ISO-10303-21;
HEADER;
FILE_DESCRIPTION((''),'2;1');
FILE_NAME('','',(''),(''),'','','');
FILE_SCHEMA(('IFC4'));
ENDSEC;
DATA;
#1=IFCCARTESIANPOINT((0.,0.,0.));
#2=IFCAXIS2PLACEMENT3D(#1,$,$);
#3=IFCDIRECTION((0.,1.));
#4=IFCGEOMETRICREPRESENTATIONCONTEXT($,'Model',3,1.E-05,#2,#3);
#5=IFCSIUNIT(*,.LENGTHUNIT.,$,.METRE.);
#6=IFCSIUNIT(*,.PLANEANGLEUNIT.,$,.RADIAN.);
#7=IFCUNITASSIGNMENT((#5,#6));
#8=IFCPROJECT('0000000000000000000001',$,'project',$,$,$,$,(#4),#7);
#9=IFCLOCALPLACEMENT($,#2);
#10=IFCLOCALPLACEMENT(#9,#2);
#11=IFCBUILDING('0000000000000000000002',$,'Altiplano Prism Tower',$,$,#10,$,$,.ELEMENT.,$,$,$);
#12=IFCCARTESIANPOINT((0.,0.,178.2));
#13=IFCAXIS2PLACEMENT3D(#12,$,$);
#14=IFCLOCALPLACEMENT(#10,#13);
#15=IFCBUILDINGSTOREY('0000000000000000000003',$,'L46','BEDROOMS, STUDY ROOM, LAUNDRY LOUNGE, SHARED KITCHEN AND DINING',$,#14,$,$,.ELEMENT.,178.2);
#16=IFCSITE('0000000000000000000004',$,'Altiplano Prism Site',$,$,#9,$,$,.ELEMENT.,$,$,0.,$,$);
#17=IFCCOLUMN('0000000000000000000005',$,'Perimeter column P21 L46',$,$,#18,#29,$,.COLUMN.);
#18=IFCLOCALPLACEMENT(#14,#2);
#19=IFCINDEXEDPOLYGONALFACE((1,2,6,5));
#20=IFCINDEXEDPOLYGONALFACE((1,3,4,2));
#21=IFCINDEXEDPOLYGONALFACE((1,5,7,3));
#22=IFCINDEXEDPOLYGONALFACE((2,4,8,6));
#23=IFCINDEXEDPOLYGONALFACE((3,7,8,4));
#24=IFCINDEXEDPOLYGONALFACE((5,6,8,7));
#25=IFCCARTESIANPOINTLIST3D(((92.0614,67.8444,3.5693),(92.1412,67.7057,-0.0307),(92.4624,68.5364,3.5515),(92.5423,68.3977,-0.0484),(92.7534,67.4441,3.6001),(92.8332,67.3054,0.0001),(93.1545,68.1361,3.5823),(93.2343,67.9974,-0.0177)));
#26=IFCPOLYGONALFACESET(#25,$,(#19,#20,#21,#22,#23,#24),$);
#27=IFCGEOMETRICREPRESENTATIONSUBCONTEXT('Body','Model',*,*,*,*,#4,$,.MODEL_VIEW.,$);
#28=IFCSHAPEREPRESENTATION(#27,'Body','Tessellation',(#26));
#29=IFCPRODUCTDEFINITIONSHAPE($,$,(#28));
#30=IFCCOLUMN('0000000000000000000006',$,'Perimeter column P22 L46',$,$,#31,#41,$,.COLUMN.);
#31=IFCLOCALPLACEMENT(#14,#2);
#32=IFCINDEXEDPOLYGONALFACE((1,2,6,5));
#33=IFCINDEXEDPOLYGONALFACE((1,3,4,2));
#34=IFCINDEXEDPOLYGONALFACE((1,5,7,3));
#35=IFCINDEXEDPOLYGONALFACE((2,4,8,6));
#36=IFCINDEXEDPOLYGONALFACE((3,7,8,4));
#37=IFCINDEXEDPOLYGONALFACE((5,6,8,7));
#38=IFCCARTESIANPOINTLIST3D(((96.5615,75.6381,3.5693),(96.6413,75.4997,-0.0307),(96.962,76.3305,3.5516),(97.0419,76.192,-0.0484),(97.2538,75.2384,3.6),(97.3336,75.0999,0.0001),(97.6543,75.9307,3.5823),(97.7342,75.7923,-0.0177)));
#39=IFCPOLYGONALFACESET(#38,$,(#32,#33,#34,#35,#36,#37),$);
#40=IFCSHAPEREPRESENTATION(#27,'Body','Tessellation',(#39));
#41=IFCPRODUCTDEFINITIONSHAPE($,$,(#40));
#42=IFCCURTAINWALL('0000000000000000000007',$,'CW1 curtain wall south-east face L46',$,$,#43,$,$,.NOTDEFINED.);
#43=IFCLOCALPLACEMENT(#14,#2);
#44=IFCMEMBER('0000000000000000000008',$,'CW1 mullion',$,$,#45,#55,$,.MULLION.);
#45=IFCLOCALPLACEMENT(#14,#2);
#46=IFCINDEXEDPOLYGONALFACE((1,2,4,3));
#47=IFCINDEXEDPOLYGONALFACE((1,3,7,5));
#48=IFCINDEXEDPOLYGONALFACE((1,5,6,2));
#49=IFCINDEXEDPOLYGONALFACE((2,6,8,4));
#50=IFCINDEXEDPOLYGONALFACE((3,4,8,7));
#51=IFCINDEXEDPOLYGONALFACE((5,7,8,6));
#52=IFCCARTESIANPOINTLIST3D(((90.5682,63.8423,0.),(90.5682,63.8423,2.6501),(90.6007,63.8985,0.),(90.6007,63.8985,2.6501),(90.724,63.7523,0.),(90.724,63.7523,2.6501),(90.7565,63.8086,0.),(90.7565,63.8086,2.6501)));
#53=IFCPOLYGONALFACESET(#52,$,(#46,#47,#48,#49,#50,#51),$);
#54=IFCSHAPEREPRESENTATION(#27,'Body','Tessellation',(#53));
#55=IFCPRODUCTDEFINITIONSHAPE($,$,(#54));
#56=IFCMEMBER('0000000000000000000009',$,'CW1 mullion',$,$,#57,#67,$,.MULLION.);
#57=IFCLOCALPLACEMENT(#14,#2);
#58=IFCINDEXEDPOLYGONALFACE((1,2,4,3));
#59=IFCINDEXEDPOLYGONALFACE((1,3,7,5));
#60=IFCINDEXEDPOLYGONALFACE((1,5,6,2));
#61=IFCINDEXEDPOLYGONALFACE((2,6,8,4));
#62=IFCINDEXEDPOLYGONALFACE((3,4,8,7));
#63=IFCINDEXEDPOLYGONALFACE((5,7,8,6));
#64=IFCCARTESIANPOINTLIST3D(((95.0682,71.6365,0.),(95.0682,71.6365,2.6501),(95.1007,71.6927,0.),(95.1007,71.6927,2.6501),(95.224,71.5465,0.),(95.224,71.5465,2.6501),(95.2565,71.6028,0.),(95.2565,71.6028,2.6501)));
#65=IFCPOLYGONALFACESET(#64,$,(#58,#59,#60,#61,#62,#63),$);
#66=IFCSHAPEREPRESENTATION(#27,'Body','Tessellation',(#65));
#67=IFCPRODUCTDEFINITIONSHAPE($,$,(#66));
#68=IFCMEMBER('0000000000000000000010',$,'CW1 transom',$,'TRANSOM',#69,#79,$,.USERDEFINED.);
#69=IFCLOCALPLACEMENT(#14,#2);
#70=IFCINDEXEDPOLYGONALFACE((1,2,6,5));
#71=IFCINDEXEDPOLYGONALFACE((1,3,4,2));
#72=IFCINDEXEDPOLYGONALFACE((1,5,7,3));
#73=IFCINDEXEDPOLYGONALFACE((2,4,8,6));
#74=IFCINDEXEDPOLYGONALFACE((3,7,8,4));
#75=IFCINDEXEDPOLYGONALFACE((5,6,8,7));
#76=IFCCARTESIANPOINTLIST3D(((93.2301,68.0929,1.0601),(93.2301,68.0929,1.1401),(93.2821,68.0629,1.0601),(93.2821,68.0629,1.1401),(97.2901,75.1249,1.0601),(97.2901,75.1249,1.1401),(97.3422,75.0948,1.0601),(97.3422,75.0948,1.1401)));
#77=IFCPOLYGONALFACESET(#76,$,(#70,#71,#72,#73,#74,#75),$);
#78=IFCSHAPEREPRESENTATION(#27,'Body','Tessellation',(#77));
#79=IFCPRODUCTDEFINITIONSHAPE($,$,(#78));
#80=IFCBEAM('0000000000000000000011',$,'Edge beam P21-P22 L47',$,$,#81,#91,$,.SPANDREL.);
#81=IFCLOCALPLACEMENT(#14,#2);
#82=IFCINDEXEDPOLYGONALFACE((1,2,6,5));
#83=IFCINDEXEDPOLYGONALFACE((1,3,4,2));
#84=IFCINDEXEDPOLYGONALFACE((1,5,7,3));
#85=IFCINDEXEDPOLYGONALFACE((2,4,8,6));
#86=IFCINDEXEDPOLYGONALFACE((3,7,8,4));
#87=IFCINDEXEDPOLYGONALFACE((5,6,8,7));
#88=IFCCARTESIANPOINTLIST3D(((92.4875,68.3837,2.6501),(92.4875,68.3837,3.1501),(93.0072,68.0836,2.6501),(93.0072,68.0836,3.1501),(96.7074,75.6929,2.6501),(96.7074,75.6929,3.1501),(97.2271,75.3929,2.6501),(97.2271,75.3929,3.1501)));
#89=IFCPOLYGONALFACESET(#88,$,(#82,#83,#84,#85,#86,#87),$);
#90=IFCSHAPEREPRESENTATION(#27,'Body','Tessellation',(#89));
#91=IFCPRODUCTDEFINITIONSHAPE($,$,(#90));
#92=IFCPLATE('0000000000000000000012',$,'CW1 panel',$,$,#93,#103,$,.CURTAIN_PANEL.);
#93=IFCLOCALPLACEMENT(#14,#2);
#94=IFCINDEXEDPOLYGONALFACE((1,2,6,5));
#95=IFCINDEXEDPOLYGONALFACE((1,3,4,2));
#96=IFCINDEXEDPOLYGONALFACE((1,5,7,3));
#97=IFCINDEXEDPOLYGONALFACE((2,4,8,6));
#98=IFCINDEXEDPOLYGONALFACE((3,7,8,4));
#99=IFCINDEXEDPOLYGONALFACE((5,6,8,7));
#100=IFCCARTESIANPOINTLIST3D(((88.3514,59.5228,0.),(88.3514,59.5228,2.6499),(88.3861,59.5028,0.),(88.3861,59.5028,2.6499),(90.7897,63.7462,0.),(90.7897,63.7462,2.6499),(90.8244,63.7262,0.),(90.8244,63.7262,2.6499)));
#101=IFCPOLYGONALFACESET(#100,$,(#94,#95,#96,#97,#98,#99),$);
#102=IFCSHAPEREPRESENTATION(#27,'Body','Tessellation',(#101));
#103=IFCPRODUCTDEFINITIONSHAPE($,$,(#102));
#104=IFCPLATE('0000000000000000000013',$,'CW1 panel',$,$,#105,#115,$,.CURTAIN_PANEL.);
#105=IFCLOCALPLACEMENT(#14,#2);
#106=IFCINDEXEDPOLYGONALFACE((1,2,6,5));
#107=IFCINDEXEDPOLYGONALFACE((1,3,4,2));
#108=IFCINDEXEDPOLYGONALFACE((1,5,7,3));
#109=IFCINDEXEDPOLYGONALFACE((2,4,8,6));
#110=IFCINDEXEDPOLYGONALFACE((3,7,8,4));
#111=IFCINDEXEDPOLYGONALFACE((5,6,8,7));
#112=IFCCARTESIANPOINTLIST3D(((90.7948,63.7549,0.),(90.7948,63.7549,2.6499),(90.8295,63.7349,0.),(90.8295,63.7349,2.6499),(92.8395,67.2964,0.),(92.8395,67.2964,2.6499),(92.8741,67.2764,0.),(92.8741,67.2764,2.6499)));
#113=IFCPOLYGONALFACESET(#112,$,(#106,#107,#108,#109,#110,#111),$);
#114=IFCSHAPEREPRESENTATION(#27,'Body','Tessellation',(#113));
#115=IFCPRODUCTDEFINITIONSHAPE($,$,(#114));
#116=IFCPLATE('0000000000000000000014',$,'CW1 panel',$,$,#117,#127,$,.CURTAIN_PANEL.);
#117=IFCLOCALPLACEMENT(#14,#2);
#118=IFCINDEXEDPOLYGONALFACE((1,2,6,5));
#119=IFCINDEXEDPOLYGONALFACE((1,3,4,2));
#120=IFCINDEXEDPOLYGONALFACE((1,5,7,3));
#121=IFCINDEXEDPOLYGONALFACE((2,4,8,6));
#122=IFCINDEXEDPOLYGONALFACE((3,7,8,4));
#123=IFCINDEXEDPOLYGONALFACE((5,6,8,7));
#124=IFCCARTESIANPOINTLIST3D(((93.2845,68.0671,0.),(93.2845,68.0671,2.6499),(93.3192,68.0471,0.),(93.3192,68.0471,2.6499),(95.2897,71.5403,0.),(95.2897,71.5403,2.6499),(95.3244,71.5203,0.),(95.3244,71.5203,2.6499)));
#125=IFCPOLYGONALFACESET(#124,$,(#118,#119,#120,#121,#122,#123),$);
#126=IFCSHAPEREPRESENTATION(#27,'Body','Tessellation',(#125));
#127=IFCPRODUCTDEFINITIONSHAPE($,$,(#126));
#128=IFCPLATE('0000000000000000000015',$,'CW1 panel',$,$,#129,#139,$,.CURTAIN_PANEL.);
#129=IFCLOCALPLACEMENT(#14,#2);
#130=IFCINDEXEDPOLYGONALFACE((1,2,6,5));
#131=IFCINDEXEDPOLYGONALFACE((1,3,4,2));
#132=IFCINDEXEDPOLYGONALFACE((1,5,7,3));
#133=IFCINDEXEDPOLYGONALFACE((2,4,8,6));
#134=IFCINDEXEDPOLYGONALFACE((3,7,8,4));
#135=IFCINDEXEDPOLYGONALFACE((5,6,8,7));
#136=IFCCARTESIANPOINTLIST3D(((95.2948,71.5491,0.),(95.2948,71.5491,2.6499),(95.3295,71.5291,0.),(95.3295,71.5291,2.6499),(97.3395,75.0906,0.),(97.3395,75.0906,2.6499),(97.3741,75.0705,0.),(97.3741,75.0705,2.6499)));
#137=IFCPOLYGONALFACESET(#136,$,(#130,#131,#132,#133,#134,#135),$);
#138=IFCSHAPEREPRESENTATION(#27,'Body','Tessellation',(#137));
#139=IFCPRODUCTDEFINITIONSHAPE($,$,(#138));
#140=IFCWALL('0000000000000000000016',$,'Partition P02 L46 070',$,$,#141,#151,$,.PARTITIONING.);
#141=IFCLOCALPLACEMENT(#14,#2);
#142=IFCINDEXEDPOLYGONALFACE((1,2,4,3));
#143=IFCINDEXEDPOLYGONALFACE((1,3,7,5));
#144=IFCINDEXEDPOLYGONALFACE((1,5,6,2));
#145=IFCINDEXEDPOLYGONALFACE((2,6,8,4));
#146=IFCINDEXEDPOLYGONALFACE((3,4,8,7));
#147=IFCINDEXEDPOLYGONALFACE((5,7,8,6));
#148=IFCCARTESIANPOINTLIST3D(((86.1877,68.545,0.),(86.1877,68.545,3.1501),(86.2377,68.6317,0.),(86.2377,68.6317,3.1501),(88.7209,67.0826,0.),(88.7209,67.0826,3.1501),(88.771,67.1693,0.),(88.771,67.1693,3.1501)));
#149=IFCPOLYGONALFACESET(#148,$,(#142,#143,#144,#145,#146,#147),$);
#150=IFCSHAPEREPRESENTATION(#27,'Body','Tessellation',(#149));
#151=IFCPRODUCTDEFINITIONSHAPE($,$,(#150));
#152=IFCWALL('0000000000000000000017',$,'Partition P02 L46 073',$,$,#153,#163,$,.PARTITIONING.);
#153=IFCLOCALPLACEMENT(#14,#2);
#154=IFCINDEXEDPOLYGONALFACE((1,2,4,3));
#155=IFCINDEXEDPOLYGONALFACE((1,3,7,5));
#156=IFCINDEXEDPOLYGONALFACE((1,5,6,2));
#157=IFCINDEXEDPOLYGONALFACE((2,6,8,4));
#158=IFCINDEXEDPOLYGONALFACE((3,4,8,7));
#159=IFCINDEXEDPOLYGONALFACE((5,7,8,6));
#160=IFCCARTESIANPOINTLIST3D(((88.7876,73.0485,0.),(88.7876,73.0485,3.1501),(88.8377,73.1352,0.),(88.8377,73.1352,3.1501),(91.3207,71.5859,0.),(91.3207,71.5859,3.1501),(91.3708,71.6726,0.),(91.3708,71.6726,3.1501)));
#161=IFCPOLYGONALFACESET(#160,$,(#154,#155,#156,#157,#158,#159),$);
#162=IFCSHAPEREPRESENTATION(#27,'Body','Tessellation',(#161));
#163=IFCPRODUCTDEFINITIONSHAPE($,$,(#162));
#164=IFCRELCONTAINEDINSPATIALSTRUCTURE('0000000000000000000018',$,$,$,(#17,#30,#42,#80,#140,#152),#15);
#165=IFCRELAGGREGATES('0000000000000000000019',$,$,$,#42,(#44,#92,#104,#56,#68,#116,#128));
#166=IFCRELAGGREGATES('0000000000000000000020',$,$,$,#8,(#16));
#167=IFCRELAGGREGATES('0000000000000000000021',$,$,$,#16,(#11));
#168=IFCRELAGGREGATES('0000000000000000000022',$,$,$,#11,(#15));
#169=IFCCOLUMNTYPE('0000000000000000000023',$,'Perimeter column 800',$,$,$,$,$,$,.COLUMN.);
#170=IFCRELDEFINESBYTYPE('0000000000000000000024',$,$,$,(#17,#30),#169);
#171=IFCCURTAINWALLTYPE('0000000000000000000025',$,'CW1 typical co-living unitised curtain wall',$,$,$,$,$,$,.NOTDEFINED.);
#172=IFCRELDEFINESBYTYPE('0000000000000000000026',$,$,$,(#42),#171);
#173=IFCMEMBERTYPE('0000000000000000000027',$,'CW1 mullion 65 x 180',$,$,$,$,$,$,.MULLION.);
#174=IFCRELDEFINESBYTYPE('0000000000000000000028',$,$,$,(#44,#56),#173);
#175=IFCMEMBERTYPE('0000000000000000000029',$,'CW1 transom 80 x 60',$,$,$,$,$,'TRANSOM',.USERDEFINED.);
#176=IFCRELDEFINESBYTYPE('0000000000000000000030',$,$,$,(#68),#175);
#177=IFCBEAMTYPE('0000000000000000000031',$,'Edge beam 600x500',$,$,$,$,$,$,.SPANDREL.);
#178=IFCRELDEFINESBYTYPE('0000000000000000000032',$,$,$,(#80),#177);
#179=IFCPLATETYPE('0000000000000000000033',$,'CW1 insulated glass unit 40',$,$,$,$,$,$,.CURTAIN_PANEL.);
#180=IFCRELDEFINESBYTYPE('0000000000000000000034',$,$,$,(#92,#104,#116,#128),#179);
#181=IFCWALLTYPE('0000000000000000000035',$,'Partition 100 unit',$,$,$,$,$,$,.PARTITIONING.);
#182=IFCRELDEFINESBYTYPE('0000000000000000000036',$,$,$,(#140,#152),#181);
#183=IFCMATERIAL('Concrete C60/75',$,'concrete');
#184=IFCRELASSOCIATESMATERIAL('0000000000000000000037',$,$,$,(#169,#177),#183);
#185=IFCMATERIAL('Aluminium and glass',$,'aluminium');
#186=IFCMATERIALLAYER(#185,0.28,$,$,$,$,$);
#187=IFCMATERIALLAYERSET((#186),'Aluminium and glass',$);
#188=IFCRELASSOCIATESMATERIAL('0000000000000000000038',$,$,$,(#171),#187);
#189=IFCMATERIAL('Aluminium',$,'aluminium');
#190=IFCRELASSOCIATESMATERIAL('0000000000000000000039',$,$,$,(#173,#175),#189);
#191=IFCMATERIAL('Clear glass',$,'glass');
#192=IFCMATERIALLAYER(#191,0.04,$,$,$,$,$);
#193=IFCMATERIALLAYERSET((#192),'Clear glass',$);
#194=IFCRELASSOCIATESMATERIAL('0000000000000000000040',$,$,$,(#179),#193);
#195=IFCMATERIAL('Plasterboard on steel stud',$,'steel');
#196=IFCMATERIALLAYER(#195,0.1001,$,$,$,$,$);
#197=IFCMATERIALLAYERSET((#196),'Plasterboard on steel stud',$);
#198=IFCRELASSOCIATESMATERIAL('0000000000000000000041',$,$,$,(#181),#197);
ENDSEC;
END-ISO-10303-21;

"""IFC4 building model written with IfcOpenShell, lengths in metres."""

from ifc_helpers import new_model, si_unit, direction, frame, frame_2d, origin, origin_2d, place, context, subcontext, project, spatial, rectangle, extrude, material, layer, layer_set, material_profile, profile_set, type_object, element, aggregate, save


model = new_model("IFC4")

# Units and contexts
model_context = context("Model", 3, precision=1e-05, world=origin(), true_north=direction((0.0, 1.0)))
body_context = subcontext(model_context, "Body", "Model", "MODEL_VIEW")
ifc_project = project(units=[si_unit("LENGTHUNIT", "METRE"), si_unit("PLANEANGLEUNIT", "RADIAN")], contexts=[model_context])

# Site, building, storey
site_placement = place(None, origin())
site = spatial("IfcSite", under=ifc_project, at=site_placement, Name="Altiplano Prism Site", CompositionType="ELEMENT", RefElevation=0.0)
building_placement = place(site_placement, origin())
building = spatial("IfcBuilding", under=site, at=building_placement, Name="Altiplano Prism Tower", CompositionType="ELEMENT")
storey_placement = place(building_placement, frame((0.0, 0.0, 178.2)))
storey = spatial("IfcBuildingStorey", under=building, at=storey_placement, Name="L46", Description="BEDROOMS, STUDY ROOM, LAUNDRY LOUNGE, SHARED KITCHEN AND DINING", CompositionType="ELEMENT", Elevation=178.2)

# Columns
ifc_material_1 = material(Name="Concrete C60/75", Category="concrete")
ifc_material_profile_1 = material_profile(ifc_material_1, rectangle(XDim=0.8, YDim=0.8, at=origin_2d()), Name="Perimeter column 800")
ifc_profile_set_1 = profile_set([ifc_material_profile_1], Name="Concrete C60/75")
column_type = type_object("IfcColumnType", Name="Perimeter column 800", PredefinedType="COLUMN", material=ifc_profile_set_1)
for number, where, z_axis, x_axis, name in (
    (1, (92.6877, 67.8516, -0.0242), (-0.022155, 0.038484, 0.999014), (-0.501315, -0.86498, 0.022203), "Perimeter column P21 L46"),
    (2, (97.1877, 75.646, -0.0242), (-0.022155, 0.038416, 0.999016), (-0.500655, -0.865363, 0.022173), "Perimeter column P22 L46"),
):
    element("IfcColumn", number, at=place(storey_placement, frame(where, z_axis=z_axis, x_axis=x_axis)), inside=storey, type_object=column_type, Name=name, PredefinedType="COLUMN", context=body_context, shape_type="SweptSolid", body=[
        extrude(rectangle(XDim=0.8, YDim=0.8, at=origin_2d()), origin(), (0.0, 0.0, 1.0), 3.6035),
    ])

# Curtain wall, members
ifc_material_2 = material(Name="Aluminium and glass", Category="aluminium")
ifc_layer_1 = layer(ifc_material_2, 0.28)
ifc_layer_set_1 = layer_set([ifc_layer_1], Name="Aluminium and glass")
curtain_wall_type = type_object("IfcCurtainWallType", Name="CW1 typical co-living unitised curtain wall", PredefinedType="NOTDEFINED", material=ifc_layer_set_1)
curtain_wall_placement = place(storey_placement, origin())
curtain_wall = element("IfcCurtainWall", 3, at=curtain_wall_placement, inside=storey, type_object=curtain_wall_type, Name="CW1 curtain wall south-east face L46", PredefinedType="NOTDEFINED")
ifc_material_3 = material(Name="Aluminium", Category="aluminium")
ifc_material_profile_2 = material_profile(ifc_material_3, rectangle(XDim=0.1799, YDim=0.0649, at=origin_2d()), Name="CW1 mullion 65 x 180")
ifc_profile_set_2 = profile_set([ifc_material_profile_2], Name="Aluminium")
member_type_1 = type_object("IfcMemberType", Name="CW1 mullion 65 x 180", PredefinedType="MULLION", material=ifc_profile_set_2)
member_1_placement = place(storey_placement, frame((90.6624, 63.8254, 0.0), z_axis=(0.0, 0.0, 1.0), x_axis=(-0.866025, 0.5, 0.0)))
member_1 = element("IfcMember", 4, at=member_1_placement, type_object=member_type_1, Name="CW1 mullion", PredefinedType="MULLION", context=body_context, shape_type="SweptSolid", body=[
    extrude(rectangle(XDim=0.1799, YDim=0.0649, at=origin_2d()), origin(), (0.0, 0.0, 1.0), 2.6501),
])
member_2_placement = place(storey_placement, frame((95.1624, 71.6196, 0.0), z_axis=(0.0, 0.0, 1.0), x_axis=(-0.866025, 0.5, 0.0)))
member_2 = element("IfcMember", 5, at=member_2_placement, type_object=member_type_1, Name="CW1 mullion", PredefinedType="MULLION", context=body_context, shape_type="SweptSolid", body=[
    extrude(rectangle(XDim=0.1799, YDim=0.0649, at=origin_2d()), origin(), (0.0, 0.0, 1.0), 2.6501),
])
ifc_material_profile_3 = material_profile(ifc_material_3, rectangle(XDim=0.0601, YDim=0.0801, at=origin_2d()), Name="CW1 transom 80 x 60")
ifc_profile_set_3 = profile_set([ifc_material_profile_3], Name="Aluminium")
member_type_2 = type_object("IfcMemberType", Name="CW1 transom 80 x 60", ElementType="TRANSOM", PredefinedType="USERDEFINED", material=ifc_profile_set_3)
member_3_placement = place(storey_placement, frame((93.2561, 68.0779, 1.1001), z_axis=(0.500013, 0.866018, 0.0), x_axis=(-0.866018, 0.500013, 0.0)))
member_3 = element("IfcMember", 6, at=member_3_placement, type_object=member_type_2, Name="CW1 transom", ObjectType="TRANSOM", PredefinedType="USERDEFINED", context=body_context, shape_type="SweptSolid", body=[
    extrude(rectangle(XDim=0.0601, YDim=0.0801, at=origin_2d()), origin(), (0.0, 0.0, 1.0), 8.1199),
])

# Beam
ifc_material_profile_4 = material_profile(ifc_material_1, rectangle(XDim=0.6001, YDim=0.5, at=origin_2d()), Name="Edge beam 600x500")
ifc_profile_set_4 = profile_set([ifc_material_profile_4], Name="Concrete C60/75")
beam_type = type_object("IfcBeamType", Name="Edge beam 600x500", PredefinedType="SPANDREL", material=ifc_profile_set_4)
beam_placement = place(storey_placement, frame((92.7473, 68.2336, 2.9001), z_axis=(0.499994, 0.866029, 0.0), x_axis=(-0.866029, 0.499994, 0.0)))
element("IfcBeam", 7, at=beam_placement, inside=storey, type_object=beam_type, Name="Edge beam P21-P22 L47", PredefinedType="SPANDREL", context=body_context, shape_type="SweptSolid", body=[
    extrude(rectangle(XDim=0.6001, YDim=0.5, at=origin_2d()), origin(), (0.0, 0.0, 1.0), 8.4399),
])

# Plates
ifc_material_4 = material(Name="Clear glass", Category="glass")
ifc_layer_2 = layer(ifc_material_4, 0.04)
ifc_layer_set_2 = layer_set([ifc_layer_2], Name="Clear glass")
plate_type = type_object("IfcPlateType", Name="CW1 insulated glass unit 40", PredefinedType="CURTAIN_PANEL", material=ifc_layer_set_2)
plate_1_placement = place(storey_placement, frame((89.5879, 61.6245, 0.0), z_axis=(0.0, 0.0, 1.0), x_axis=(0.5, 0.866025, 0.0)))
plate_1 = element("IfcPlate", 8, at=plate_1_placement, type_object=plate_type, Name="CW1 panel", PredefinedType="CURTAIN_PANEL", context=body_context, shape_type="SweptSolid", body=[
    extrude(rectangle(XDim=4.8767, YDim=0.04, at=origin_2d()), origin(), (0.0, 0.0, 1.0), 2.6499),
])
plate_2_placement = place(storey_placement, frame((91.8345, 65.5156, 0.0), z_axis=(0.0, 0.0, 1.0), x_axis=(0.5, 0.866025, 0.0)))
plate_2 = element("IfcPlate", 9, at=plate_2_placement, type_object=plate_type, Name="CW1 panel", PredefinedType="CURTAIN_PANEL", context=body_context, shape_type="SweptSolid", body=[
    extrude(rectangle(XDim=4.0894, YDim=0.04, at=origin_2d()), origin(), (0.0, 0.0, 1.0), 2.6499),
])
plate_3_placement = place(storey_placement, frame((94.3044, 69.7937, 0.0), z_axis=(0.0, 0.0, 1.0), x_axis=(0.5, 0.866025, 0.0)))
plate_3 = element("IfcPlate", 10, at=plate_3_placement, type_object=plate_type, Name="CW1 panel", PredefinedType="CURTAIN_PANEL", context=body_context, shape_type="SweptSolid", body=[
    extrude(rectangle(XDim=4.0105, YDim=0.04, at=origin_2d()), origin(), (0.0, 0.0, 1.0), 2.6499),
])
plate_4_placement = place(storey_placement, frame((96.3345, 73.3098, 0.0), z_axis=(0.0, 0.0, 1.0), x_axis=(0.5, 0.866025, 0.0)))
plate_4 = element("IfcPlate", 11, at=plate_4_placement, type_object=plate_type, Name="CW1 panel", PredefinedType="CURTAIN_PANEL", context=body_context, shape_type="SweptSolid", body=[
    extrude(rectangle(XDim=4.0894, YDim=0.04, at=origin_2d()), origin(), (0.0, 0.0, 1.0), 2.6499),
])
aggregate(curtain_wall, [member_1, plate_1, plate_2, member_2, member_3, plate_3, plate_4])

# Walls
ifc_material_5 = material(Name="Plasterboard on steel stud", Category="steel")
ifc_layer_3 = layer(ifc_material_5, 0.1001)
ifc_layer_set_3 = layer_set([ifc_layer_3], Name="Plasterboard on steel stud")
wall_type_1 = type_object("IfcWallType", Name="Partition 100 unit", PredefinedType="PARTITIONING", material=ifc_layer_set_3)
for number, where, z_axis, x_axis, name in (
    (12, (88.7458, 67.126, 0.0), (0.0, 0.0, 1.0), (-0.866047, 0.499963, 0.0), "Partition P02 L46 070"),
    (13, (88.8127, 73.0918, 0.0), (0.0, 0.0, 1.0), (0.86601, -0.500026, 0.0), "Partition P02 L46 073"),
):
    element("IfcWall", number, at=place(storey_placement, frame(where, z_axis=z_axis, x_axis=x_axis)), inside=storey, type_object=wall_type_1, Name=name, PredefinedType="PARTITIONING", context=body_context, shape_type="SweptSolid", body=[
        extrude(rectangle(XDim=2.925, YDim=0.1001, at=frame_2d((1.4624, 0.0))), origin(), (0.0, 0.0, 1.0), 3.1501),
    ])

save(model, "model.ifc")
